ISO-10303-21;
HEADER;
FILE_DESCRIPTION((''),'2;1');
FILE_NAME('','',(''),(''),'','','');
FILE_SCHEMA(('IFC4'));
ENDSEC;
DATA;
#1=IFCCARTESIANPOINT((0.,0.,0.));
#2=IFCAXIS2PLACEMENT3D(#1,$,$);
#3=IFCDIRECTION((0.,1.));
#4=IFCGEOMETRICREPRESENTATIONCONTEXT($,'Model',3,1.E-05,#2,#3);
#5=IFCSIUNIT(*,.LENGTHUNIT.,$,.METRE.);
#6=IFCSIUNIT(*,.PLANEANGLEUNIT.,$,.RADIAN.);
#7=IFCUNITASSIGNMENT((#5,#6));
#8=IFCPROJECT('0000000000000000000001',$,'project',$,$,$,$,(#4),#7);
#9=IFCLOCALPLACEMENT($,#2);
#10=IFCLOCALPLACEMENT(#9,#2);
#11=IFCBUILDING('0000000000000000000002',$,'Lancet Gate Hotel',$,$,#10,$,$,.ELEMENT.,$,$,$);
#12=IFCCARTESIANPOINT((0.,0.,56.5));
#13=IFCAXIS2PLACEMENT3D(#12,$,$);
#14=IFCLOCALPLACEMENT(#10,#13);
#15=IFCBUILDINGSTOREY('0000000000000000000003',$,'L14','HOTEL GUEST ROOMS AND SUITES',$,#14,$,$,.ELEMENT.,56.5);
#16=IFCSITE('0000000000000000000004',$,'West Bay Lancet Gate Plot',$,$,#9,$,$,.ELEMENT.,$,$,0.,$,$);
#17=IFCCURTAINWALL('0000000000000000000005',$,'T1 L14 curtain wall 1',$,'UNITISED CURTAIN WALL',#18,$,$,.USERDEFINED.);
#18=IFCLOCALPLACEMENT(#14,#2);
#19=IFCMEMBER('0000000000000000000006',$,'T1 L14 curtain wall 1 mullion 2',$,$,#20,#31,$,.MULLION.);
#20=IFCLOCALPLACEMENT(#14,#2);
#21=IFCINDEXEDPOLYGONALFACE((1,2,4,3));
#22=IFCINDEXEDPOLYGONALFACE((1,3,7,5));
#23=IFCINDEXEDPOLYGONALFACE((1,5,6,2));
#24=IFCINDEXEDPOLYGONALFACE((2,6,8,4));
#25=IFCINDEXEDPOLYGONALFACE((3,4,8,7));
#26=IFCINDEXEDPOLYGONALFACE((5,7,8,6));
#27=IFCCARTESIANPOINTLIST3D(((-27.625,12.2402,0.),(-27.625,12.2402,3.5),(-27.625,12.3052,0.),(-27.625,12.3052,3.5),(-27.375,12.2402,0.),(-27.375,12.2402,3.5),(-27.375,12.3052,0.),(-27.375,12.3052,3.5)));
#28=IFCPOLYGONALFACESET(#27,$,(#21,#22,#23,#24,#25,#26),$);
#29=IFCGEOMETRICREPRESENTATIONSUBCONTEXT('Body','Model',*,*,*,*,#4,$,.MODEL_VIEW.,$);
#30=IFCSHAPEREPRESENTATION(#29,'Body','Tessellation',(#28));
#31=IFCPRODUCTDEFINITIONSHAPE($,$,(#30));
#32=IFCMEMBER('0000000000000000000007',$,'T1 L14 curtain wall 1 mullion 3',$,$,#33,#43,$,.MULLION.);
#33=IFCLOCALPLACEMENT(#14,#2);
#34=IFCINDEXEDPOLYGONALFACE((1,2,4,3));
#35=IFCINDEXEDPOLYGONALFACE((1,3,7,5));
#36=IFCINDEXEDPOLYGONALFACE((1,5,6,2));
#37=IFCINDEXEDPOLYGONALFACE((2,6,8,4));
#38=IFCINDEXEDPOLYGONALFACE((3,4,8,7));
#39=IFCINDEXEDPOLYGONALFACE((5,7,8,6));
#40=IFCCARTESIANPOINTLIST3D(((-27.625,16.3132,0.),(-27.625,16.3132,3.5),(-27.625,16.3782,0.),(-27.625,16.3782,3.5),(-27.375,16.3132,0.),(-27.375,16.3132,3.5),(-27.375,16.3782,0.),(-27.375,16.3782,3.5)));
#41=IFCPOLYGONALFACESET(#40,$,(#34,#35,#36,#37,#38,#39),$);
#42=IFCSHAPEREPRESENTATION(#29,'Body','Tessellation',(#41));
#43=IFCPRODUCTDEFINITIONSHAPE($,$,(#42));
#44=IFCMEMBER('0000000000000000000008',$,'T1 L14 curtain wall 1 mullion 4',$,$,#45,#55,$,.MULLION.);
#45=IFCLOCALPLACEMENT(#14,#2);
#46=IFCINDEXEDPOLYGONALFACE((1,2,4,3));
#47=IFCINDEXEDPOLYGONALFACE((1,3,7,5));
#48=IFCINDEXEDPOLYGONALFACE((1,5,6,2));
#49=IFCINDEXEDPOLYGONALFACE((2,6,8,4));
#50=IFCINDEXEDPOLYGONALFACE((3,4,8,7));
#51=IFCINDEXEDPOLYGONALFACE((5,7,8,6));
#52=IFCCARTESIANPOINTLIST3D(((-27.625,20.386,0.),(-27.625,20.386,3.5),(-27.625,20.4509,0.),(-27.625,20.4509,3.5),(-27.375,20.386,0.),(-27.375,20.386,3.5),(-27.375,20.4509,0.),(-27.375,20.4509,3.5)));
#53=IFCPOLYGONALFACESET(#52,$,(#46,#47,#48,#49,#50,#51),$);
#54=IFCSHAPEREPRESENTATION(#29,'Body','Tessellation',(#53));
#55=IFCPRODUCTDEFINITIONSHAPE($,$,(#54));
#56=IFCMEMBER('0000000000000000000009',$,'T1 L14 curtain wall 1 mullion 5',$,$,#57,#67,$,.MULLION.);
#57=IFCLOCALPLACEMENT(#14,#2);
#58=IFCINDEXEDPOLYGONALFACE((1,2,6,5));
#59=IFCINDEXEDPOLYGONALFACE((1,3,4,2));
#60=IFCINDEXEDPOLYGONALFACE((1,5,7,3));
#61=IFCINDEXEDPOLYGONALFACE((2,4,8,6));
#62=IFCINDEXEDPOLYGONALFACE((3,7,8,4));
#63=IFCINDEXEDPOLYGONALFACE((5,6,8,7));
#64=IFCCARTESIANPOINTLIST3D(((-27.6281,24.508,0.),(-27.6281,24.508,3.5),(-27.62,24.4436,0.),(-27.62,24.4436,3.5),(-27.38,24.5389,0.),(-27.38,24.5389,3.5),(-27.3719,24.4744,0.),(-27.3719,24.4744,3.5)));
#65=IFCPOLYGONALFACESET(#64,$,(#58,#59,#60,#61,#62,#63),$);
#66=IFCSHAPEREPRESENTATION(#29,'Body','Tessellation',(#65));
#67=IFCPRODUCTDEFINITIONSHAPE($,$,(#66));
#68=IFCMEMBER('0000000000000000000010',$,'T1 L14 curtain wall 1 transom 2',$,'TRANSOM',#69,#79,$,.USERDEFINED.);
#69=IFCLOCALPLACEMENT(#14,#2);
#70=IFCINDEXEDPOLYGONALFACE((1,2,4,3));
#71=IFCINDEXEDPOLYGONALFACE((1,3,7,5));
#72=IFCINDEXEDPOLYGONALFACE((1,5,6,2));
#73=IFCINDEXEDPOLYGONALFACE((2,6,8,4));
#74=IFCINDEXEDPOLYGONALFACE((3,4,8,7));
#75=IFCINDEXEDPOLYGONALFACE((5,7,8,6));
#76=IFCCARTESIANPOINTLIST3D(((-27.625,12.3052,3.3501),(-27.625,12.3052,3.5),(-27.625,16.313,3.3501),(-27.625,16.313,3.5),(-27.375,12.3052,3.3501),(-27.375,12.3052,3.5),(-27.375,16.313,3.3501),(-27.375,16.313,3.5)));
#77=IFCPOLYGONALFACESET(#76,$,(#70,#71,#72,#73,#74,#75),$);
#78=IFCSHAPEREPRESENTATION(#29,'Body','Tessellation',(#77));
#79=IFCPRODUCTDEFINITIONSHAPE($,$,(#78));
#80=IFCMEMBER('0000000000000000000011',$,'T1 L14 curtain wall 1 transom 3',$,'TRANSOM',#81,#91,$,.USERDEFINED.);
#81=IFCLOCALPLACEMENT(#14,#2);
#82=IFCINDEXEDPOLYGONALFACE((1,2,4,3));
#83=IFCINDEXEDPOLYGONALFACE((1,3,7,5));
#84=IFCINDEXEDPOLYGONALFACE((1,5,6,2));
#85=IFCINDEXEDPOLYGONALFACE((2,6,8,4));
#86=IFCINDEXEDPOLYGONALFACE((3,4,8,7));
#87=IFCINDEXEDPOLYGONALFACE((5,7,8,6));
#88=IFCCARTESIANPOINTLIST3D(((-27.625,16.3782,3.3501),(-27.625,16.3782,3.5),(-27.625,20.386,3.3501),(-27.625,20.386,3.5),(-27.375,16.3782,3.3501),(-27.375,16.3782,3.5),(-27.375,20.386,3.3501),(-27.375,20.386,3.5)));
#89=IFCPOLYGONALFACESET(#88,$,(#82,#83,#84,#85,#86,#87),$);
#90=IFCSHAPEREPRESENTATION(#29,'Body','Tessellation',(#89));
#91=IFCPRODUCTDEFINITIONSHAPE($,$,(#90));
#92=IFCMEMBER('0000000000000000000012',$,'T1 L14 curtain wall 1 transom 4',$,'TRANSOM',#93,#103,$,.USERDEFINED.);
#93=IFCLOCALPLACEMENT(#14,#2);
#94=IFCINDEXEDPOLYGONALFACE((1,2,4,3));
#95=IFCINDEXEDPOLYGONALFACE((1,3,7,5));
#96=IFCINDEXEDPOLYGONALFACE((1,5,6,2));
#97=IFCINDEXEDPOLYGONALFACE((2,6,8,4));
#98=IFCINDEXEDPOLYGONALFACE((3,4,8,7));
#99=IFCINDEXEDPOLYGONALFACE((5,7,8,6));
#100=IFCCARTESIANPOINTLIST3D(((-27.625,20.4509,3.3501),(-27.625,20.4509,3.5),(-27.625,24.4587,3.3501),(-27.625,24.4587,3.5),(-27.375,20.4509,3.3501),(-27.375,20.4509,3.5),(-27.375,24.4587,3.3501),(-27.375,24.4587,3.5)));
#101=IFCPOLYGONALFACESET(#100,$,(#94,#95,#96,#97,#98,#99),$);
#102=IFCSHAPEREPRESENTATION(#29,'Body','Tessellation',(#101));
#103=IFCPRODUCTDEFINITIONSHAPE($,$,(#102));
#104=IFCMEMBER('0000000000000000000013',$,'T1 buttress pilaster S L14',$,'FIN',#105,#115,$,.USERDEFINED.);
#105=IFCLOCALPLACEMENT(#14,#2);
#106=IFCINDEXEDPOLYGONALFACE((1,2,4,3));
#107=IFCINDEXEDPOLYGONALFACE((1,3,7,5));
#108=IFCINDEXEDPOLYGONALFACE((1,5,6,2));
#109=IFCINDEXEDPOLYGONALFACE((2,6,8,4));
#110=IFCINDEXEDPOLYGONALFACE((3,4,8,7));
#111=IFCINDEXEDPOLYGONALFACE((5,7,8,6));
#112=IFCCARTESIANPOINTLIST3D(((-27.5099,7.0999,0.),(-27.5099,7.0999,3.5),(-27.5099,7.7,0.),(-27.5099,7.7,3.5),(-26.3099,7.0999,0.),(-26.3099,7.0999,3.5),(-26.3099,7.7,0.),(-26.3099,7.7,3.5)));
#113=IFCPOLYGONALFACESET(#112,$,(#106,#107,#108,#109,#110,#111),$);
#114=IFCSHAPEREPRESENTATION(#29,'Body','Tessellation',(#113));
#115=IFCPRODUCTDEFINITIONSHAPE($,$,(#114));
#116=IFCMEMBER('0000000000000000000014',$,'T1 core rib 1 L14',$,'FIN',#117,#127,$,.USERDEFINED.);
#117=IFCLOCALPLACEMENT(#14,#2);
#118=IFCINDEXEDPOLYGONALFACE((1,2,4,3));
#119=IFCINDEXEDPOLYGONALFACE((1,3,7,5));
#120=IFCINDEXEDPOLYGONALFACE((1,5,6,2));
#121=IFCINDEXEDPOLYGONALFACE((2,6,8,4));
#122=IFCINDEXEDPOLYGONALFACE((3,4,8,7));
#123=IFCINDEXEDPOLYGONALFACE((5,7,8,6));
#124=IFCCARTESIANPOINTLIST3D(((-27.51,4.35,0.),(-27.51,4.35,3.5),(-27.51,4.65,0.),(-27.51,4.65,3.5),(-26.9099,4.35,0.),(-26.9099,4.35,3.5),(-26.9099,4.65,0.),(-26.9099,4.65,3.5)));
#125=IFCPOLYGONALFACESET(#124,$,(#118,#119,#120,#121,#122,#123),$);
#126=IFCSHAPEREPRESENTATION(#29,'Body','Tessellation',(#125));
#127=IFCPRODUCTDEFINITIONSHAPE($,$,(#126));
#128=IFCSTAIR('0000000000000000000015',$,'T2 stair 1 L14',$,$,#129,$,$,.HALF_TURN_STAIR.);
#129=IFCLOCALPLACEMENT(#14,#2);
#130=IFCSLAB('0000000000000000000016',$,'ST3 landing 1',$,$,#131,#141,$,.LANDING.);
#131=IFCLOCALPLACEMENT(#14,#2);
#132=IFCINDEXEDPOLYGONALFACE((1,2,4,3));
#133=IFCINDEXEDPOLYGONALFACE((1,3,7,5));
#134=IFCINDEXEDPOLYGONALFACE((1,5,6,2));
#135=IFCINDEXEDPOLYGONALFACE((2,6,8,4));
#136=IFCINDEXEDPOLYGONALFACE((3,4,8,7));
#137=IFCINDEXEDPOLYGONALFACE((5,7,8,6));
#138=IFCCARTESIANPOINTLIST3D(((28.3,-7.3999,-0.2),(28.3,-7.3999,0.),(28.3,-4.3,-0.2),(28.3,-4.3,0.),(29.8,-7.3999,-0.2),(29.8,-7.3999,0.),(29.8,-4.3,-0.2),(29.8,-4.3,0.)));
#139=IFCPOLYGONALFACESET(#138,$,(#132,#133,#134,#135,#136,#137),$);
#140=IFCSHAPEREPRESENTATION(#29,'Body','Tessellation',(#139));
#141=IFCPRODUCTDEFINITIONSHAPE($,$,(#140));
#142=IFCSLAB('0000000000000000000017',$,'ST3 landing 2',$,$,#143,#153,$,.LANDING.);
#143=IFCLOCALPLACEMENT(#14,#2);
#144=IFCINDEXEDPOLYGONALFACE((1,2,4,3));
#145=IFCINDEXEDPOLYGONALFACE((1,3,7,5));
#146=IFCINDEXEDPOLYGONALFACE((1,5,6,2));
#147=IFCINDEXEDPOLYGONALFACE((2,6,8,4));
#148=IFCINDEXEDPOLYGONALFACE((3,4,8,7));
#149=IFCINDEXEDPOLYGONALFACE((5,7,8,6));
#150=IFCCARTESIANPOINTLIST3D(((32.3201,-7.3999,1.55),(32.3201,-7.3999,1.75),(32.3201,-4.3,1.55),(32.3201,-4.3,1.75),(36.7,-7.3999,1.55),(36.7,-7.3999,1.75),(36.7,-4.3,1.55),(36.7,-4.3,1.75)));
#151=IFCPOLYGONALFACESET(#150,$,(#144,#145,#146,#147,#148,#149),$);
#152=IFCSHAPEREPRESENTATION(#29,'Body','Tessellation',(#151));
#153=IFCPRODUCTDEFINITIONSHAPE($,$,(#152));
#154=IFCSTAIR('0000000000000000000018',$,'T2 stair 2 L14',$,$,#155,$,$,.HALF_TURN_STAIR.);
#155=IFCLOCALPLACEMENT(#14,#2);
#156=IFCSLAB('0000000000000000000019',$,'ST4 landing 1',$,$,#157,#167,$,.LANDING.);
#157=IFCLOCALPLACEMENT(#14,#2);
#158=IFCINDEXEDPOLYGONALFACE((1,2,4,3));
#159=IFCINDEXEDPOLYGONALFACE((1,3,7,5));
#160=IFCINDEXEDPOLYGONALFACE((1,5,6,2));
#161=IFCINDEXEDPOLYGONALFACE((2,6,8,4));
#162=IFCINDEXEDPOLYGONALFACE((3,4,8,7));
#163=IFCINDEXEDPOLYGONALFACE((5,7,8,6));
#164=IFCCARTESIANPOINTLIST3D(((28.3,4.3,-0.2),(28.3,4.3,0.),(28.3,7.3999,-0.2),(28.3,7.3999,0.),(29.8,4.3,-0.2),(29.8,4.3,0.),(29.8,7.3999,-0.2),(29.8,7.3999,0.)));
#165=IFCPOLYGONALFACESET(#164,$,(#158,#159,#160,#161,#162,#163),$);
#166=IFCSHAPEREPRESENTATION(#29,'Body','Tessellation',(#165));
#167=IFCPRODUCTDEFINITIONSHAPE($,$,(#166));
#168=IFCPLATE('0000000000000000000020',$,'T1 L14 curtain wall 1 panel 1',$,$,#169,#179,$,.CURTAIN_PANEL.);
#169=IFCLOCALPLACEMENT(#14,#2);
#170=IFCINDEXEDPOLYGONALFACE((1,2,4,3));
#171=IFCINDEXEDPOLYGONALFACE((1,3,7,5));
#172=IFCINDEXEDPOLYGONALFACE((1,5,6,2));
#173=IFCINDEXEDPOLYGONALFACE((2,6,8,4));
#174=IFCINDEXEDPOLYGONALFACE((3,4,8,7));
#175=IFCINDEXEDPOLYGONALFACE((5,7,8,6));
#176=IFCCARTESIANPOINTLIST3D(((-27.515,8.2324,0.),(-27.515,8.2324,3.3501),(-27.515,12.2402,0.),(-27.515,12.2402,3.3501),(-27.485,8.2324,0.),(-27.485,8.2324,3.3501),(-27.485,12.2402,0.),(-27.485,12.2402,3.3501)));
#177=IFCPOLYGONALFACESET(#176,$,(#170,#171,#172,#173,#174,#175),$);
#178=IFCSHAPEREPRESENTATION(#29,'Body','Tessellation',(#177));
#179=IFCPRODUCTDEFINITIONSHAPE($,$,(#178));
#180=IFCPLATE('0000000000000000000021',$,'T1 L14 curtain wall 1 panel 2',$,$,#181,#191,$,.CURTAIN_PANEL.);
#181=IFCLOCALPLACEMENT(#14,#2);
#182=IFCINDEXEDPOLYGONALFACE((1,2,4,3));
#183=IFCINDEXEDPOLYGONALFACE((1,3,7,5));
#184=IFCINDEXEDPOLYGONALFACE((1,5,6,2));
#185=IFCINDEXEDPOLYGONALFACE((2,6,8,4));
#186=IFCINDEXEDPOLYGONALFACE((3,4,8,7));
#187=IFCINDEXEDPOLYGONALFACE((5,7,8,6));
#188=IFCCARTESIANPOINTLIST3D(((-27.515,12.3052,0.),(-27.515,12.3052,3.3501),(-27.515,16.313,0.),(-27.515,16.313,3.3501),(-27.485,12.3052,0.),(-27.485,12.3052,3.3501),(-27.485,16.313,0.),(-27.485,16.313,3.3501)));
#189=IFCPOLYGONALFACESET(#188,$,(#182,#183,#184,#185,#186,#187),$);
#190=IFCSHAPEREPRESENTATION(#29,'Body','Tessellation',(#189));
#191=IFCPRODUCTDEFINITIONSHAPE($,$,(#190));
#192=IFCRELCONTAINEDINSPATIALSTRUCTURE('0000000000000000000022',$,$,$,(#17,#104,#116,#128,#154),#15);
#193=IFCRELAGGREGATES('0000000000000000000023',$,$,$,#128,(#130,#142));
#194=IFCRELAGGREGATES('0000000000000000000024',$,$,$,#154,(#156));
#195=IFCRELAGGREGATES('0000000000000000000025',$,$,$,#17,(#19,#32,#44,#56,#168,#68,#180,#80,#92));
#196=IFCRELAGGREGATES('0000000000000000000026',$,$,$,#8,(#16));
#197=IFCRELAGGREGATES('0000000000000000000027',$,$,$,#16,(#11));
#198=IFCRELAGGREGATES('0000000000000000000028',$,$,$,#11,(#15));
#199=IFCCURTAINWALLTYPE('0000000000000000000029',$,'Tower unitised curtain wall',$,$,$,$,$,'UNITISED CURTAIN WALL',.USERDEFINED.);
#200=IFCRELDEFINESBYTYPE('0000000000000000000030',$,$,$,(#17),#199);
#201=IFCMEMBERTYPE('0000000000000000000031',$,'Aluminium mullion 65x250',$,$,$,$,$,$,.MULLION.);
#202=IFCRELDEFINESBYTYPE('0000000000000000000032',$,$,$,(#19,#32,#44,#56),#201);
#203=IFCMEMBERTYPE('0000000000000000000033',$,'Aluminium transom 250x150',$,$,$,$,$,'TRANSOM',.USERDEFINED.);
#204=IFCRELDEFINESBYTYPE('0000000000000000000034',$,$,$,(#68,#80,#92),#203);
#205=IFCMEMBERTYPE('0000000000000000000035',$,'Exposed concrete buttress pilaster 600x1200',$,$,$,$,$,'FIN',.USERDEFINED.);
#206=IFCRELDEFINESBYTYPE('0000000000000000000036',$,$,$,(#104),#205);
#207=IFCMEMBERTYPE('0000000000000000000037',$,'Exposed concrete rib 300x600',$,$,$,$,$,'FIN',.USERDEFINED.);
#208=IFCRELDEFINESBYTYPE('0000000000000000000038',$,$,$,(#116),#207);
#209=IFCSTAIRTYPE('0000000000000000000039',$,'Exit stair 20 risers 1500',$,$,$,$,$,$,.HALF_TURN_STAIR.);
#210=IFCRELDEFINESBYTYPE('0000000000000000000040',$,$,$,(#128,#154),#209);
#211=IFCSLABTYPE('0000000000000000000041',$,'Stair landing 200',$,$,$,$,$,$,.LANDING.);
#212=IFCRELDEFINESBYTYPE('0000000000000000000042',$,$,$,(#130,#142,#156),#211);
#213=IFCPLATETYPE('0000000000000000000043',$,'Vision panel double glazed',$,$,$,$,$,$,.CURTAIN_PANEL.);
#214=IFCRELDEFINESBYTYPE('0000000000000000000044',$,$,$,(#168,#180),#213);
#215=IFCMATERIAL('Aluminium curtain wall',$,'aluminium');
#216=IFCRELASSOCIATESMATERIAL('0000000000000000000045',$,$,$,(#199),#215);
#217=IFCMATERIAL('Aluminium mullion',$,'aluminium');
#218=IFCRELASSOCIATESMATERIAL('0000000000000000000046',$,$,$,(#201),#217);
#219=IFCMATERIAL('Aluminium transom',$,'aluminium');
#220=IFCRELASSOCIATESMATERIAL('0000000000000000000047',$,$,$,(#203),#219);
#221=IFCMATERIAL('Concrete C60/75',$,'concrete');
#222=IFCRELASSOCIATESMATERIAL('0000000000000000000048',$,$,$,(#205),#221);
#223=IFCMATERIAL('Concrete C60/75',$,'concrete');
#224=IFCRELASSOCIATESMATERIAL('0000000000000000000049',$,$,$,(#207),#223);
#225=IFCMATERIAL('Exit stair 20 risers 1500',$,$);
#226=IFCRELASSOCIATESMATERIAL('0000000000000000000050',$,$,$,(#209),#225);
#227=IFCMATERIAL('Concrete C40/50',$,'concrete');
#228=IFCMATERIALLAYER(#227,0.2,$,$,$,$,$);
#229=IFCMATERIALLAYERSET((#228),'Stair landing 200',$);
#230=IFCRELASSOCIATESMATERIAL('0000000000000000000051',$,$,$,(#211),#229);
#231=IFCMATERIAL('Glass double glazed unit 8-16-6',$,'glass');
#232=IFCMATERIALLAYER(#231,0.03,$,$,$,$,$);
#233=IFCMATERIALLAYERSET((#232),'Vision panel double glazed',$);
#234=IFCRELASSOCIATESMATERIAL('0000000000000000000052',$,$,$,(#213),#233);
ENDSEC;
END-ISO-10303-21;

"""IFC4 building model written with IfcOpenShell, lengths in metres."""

from ifc_helpers import new_model, si_unit, direction, frame, origin, origin_2d, place, context, subcontext, project, spatial, polyline, rectangle, outline, extrude, material, layer, layer_set, material_profile, profile_set, type_object, element, aggregate, save


model = new_model("IFC4")

# Units and contexts
model_context = context("Model", 3, precision=1e-05, world=origin(), true_north=direction((0.0, 1.0)))
body_context = subcontext(model_context, "Body", "Model", "MODEL_VIEW")
ifc_project = project(units=[si_unit("LENGTHUNIT", "METRE"), si_unit("PLANEANGLEUNIT", "RADIAN")], contexts=[model_context])

# Site, building, storey
site_placement = place(None, origin())
site = spatial("IfcSite", under=ifc_project, at=site_placement, Name="West Bay Lancet Gate Plot", CompositionType="ELEMENT", RefElevation=0.0)
building_placement = place(site_placement, origin())
building = spatial("IfcBuilding", under=site, at=building_placement, Name="Lancet Gate Hotel", CompositionType="ELEMENT")
storey_placement = place(building_placement, frame((0.0, 0.0, 56.5)))
storey = spatial("IfcBuildingStorey", under=building, at=storey_placement, Name="L14", Description="HOTEL GUEST ROOMS AND SUITES", CompositionType="ELEMENT", Elevation=56.5)

# Curtain wall, members
ifc_material_1 = material(Name="Aluminium curtain wall", Category="aluminium")
curtain_wall_type = type_object("IfcCurtainWallType", Name="Tower unitised curtain wall", ElementType="UNITISED CURTAIN WALL", PredefinedType="USERDEFINED", material=ifc_material_1)
curtain_wall_placement = place(storey_placement, origin())
curtain_wall = element("IfcCurtainWall", 1, at=curtain_wall_placement, inside=storey, type_object=curtain_wall_type, Name="T1 L14 curtain wall 1", ObjectType="UNITISED CURTAIN WALL", PredefinedType="USERDEFINED")
ifc_material_2 = material(Name="Aluminium mullion", Category="aluminium")
ifc_material_profile_1 = material_profile(ifc_material_2, rectangle(XDim=0.0649, YDim=0.25, at=origin_2d()), Name="MULLION 65x250")
ifc_profile_set_1 = profile_set([ifc_material_profile_1], Name="Aluminium mullion")
member_type_1 = type_object("IfcMemberType", Name="Aluminium mullion 65x250", PredefinedType="MULLION", material=ifc_profile_set_1)
member_1_placement = place(storey_placement, frame((-27.5, 12.2727, 0.0), z_axis=(0.0, 0.0, 1.0), x_axis=(0.0, 1.0, 0.0)))
member_1 = element("IfcMember", 2, at=member_1_placement, type_object=member_type_1, Name="T1 L14 curtain wall 1 mullion 2", PredefinedType="MULLION", context=body_context, shape_type="SweptSolid", body=[
    extrude(rectangle(XDim=0.0649, YDim=0.25, at=origin_2d()), origin(), (0.0, 0.0, 1.0), 3.5),
])
member_2_placement = place(storey_placement, frame((-27.5, 16.3457, 0.0), z_axis=(0.0, 0.0, 1.0), x_axis=(0.0, 1.0, 0.0)))
member_2 = element("IfcMember", 3, at=member_2_placement, type_object=member_type_1, Name="T1 L14 curtain wall 1 mullion 3", PredefinedType="MULLION", context=body_context, shape_type="SweptSolid", body=[
    extrude(rectangle(XDim=0.0649, YDim=0.25, at=origin_2d()), origin(), (0.0, 0.0, 1.0), 3.5),
])
member_3_placement = place(storey_placement, frame((-27.5, 20.4185, 0.0), z_axis=(0.0, 0.0, 1.0), x_axis=(0.0, 1.0, 0.0)))
member_3 = element("IfcMember", 4, at=member_3_placement, type_object=member_type_1, Name="T1 L14 curtain wall 1 mullion 4", PredefinedType="MULLION", context=body_context, shape_type="SweptSolid", body=[
    extrude(rectangle(XDim=0.0649, YDim=0.25, at=origin_2d()), origin(), (0.0, 0.0, 1.0), 3.5),
])
member_4_placement = place(storey_placement, frame((-27.5, 24.4912, 0.0), z_axis=(0.0, 0.0, 1.0), x_axis=(-0.123483, 0.992347, 0.0)))
member_4 = element("IfcMember", 5, at=member_4_placement, type_object=member_type_1, Name="T1 L14 curtain wall 1 mullion 5", PredefinedType="MULLION", context=body_context, shape_type="SweptSolid", body=[
    extrude(rectangle(XDim=0.0649, YDim=0.25, at=origin_2d()), origin(), (0.0, 0.0, 1.0), 3.5),
])
ifc_material_3 = material(Name="Aluminium transom", Category="aluminium")
ifc_material_profile_2 = material_profile(ifc_material_3, rectangle(XDim=0.25, YDim=0.1499, at=origin_2d()), Name="TRANSOM 250x150")
ifc_profile_set_2 = profile_set([ifc_material_profile_2], Name="Aluminium transom")
member_type_2 = type_object("IfcMemberType", Name="Aluminium transom 250x150", ElementType="TRANSOM", PredefinedType="USERDEFINED", material=ifc_profile_set_2)
member_5_placement = place(storey_placement, frame((-27.5, 12.3052, 3.425), z_axis=(0.0, 1.0, 0.0), x_axis=(-1.0, 0.0, 0.0)))
member_5 = element("IfcMember", 6, at=member_5_placement, type_object=member_type_2, Name="T1 L14 curtain wall 1 transom 2", ObjectType="TRANSOM", PredefinedType="USERDEFINED", context=body_context, shape_type="SweptSolid", body=[
    extrude(rectangle(XDim=0.25, YDim=0.1499, at=origin_2d()), origin(), (0.0, 0.0, 1.0), 4.0078),
])
member_6_placement = place(storey_placement, frame((-27.5, 16.3782, 3.425), z_axis=(0.0, 1.0, 0.0), x_axis=(-1.0, 0.0, 0.0)))
member_6 = element("IfcMember", 7, at=member_6_placement, type_object=member_type_2, Name="T1 L14 curtain wall 1 transom 3", ObjectType="TRANSOM", PredefinedType="USERDEFINED", context=body_context, shape_type="SweptSolid", body=[
    extrude(rectangle(XDim=0.25, YDim=0.1499, at=origin_2d()), origin(), (0.0, 0.0, 1.0), 4.0078),
])
member_7_placement = place(storey_placement, frame((-27.5, 20.4509, 3.425), z_axis=(0.0, 1.0, 0.0), x_axis=(-1.0, 0.0, 0.0)))
member_7 = element("IfcMember", 8, at=member_7_placement, type_object=member_type_2, Name="T1 L14 curtain wall 1 transom 4", ObjectType="TRANSOM", PredefinedType="USERDEFINED", context=body_context, shape_type="SweptSolid", body=[
    extrude(rectangle(XDim=0.25, YDim=0.1499, at=origin_2d()), origin(), (0.0, 0.0, 1.0), 4.0078),
])

# Members
ifc_material_4 = material(Name="Concrete C60/75", Category="concrete")
ifc_material_profile_3 = material_profile(ifc_material_4, rectangle(XDim=0.6001, YDim=1.2, at=origin_2d()), Name="FIN 600x1200")
ifc_profile_set_3 = profile_set([ifc_material_profile_3], Name="Concrete C60/75")
member_type_3 = type_object("IfcMemberType", Name="Exposed concrete buttress pilaster 600x1200", ElementType="FIN", PredefinedType="USERDEFINED", material=ifc_profile_set_3)
member_8_placement = place(storey_placement, frame((-26.9099, 7.3999, 0.0), z_axis=(0.0, 0.0, 1.0), x_axis=(0.0, 1.0, 0.0)))
element("IfcMember", 9, at=member_8_placement, inside=storey, type_object=member_type_3, Name="T1 buttress pilaster S L14", ObjectType="FIN", PredefinedType="USERDEFINED", context=body_context, shape_type="SweptSolid", body=[
    extrude(rectangle(XDim=0.6001, YDim=1.2, at=origin_2d()), origin(), (0.0, 0.0, 1.0), 3.5),
])
ifc_material_5 = material(Name="Concrete C60/75", Category="concrete")
ifc_material_profile_4 = material_profile(ifc_material_5, rectangle(XDim=0.3, YDim=0.6001, at=origin_2d()), Name="FIN 300x600")
ifc_profile_set_4 = profile_set([ifc_material_profile_4], Name="Concrete C60/75")
member_type_4 = type_object("IfcMemberType", Name="Exposed concrete rib 300x600", ElementType="FIN", PredefinedType="USERDEFINED", material=ifc_profile_set_4)
member_9_placement = place(storey_placement, frame((-27.21, 4.5, 0.0), z_axis=(0.0, 0.0, 1.0), x_axis=(0.0, 1.0, 0.0)))
element("IfcMember", 10, at=member_9_placement, inside=storey, type_object=member_type_4, Name="T1 core rib 1 L14", ObjectType="FIN", PredefinedType="USERDEFINED", context=body_context, shape_type="SweptSolid", body=[
    extrude(rectangle(XDim=0.3, YDim=0.6001, at=origin_2d()), origin(), (0.0, 0.0, 1.0), 3.5),
])

# Stair, slabs
ifc_material_6 = material(Name="Exit stair 20 risers 1500")
stair_type = type_object("IfcStairType", Name="Exit stair 20 risers 1500", PredefinedType="HALF_TURN_STAIR", material=ifc_material_6)
stair_1_placement = place(storey_placement, origin())
stair_1 = element("IfcStair", 11, at=stair_1_placement, inside=storey, type_object=stair_type, Name="T2 stair 1 L14", PredefinedType="HALF_TURN_STAIR")
ifc_material_7 = material(Name="Concrete C40/50", Category="concrete")
ifc_layer_1 = layer(ifc_material_7, 0.2)
ifc_layer_set_1 = layer_set([ifc_layer_1], Name="Stair landing 200")
slab_type = type_object("IfcSlabType", Name="Stair landing 200", PredefinedType="LANDING", material=ifc_layer_set_1)
slab_1_placement = place(storey_placement, frame((0.0, 0.0, -0.2)))
slab_1 = element("IfcSlab", 12, at=slab_1_placement, type_object=slab_type, Name="ST3 landing 1", PredefinedType="LANDING", context=body_context, shape_type="SweptSolid", body=[
    extrude(outline(polyline([(28.3, -7.3999), (29.8, -7.3999), (29.8, -4.3), (28.3, -4.3), (28.3, -7.3999)])), origin(), (0.0, 0.0, 1.0), 0.2),
])
slab_2_placement = place(storey_placement, frame((0.0, 0.0, 1.55)))
slab_2 = element("IfcSlab", 13, at=slab_2_placement, type_object=slab_type, Name="ST3 landing 2", PredefinedType="LANDING", context=body_context, shape_type="SweptSolid", body=[
    extrude(outline(polyline([(32.3201, -7.3999), (36.7, -7.3999), (36.7, -4.3), (32.3201, -4.3), (32.3201, -7.3999)])), origin(), (0.0, 0.0, 1.0), 0.2),
])
aggregate(stair_1, [slab_1, slab_2])

# Stair, slab
stair_2_placement = place(storey_placement, origin())
stair_2 = element("IfcStair", 14, at=stair_2_placement, inside=storey, type_object=stair_type, Name="T2 stair 2 L14", PredefinedType="HALF_TURN_STAIR")
slab_3_placement = place(storey_placement, frame((0.0, 0.0, -0.2)))
slab_3 = element("IfcSlab", 15, at=slab_3_placement, type_object=slab_type, Name="ST4 landing 1", PredefinedType="LANDING", context=body_context, shape_type="SweptSolid", body=[
    extrude(outline(polyline([(28.3, 4.3), (29.8, 4.3), (29.8, 7.3999), (28.3, 7.3999), (28.3, 4.3)])), origin(), (0.0, 0.0, 1.0), 0.2),
])
aggregate(stair_2, [slab_3])

# Plates
ifc_material_8 = material(Name="Glass double glazed unit 8-16-6", Category="glass")
ifc_layer_2 = layer(ifc_material_8, 0.03)
ifc_layer_set_2 = layer_set([ifc_layer_2], Name="Vision panel double glazed")
plate_type = type_object("IfcPlateType", Name="Vision panel double glazed", PredefinedType="CURTAIN_PANEL", material=ifc_layer_set_2)
plate_1_placement = place(storey_placement, frame((-27.5, 10.2363, 0.0), z_axis=(0.0, 0.0, 1.0), x_axis=(0.0, 1.0, 0.0)))
plate_1 = element("IfcPlate", 16, at=plate_1_placement, type_object=plate_type, Name="T1 L14 curtain wall 1 panel 1", PredefinedType="CURTAIN_PANEL", context=body_context, shape_type="SweptSolid", body=[
    extrude(rectangle(XDim=4.0078, YDim=0.03, at=origin_2d()), origin(), (0.0, 0.0, 1.0), 3.3501),
])
plate_2_placement = place(storey_placement, frame((-27.5, 14.3091, 0.0), z_axis=(0.0, 0.0, 1.0), x_axis=(0.0, 1.0, 0.0)))
plate_2 = element("IfcPlate", 17, at=plate_2_placement, type_object=plate_type, Name="T1 L14 curtain wall 1 panel 2", PredefinedType="CURTAIN_PANEL", context=body_context, shape_type="SweptSolid", body=[
    extrude(rectangle(XDim=4.0078, YDim=0.03, at=origin_2d()), origin(), (0.0, 0.0, 1.0), 3.3501),
])
aggregate(curtain_wall, [member_1, member_2, member_3, member_4, plate_1, member_5, plate_2, member_6, member_7])

save(model, "model.ifc")
